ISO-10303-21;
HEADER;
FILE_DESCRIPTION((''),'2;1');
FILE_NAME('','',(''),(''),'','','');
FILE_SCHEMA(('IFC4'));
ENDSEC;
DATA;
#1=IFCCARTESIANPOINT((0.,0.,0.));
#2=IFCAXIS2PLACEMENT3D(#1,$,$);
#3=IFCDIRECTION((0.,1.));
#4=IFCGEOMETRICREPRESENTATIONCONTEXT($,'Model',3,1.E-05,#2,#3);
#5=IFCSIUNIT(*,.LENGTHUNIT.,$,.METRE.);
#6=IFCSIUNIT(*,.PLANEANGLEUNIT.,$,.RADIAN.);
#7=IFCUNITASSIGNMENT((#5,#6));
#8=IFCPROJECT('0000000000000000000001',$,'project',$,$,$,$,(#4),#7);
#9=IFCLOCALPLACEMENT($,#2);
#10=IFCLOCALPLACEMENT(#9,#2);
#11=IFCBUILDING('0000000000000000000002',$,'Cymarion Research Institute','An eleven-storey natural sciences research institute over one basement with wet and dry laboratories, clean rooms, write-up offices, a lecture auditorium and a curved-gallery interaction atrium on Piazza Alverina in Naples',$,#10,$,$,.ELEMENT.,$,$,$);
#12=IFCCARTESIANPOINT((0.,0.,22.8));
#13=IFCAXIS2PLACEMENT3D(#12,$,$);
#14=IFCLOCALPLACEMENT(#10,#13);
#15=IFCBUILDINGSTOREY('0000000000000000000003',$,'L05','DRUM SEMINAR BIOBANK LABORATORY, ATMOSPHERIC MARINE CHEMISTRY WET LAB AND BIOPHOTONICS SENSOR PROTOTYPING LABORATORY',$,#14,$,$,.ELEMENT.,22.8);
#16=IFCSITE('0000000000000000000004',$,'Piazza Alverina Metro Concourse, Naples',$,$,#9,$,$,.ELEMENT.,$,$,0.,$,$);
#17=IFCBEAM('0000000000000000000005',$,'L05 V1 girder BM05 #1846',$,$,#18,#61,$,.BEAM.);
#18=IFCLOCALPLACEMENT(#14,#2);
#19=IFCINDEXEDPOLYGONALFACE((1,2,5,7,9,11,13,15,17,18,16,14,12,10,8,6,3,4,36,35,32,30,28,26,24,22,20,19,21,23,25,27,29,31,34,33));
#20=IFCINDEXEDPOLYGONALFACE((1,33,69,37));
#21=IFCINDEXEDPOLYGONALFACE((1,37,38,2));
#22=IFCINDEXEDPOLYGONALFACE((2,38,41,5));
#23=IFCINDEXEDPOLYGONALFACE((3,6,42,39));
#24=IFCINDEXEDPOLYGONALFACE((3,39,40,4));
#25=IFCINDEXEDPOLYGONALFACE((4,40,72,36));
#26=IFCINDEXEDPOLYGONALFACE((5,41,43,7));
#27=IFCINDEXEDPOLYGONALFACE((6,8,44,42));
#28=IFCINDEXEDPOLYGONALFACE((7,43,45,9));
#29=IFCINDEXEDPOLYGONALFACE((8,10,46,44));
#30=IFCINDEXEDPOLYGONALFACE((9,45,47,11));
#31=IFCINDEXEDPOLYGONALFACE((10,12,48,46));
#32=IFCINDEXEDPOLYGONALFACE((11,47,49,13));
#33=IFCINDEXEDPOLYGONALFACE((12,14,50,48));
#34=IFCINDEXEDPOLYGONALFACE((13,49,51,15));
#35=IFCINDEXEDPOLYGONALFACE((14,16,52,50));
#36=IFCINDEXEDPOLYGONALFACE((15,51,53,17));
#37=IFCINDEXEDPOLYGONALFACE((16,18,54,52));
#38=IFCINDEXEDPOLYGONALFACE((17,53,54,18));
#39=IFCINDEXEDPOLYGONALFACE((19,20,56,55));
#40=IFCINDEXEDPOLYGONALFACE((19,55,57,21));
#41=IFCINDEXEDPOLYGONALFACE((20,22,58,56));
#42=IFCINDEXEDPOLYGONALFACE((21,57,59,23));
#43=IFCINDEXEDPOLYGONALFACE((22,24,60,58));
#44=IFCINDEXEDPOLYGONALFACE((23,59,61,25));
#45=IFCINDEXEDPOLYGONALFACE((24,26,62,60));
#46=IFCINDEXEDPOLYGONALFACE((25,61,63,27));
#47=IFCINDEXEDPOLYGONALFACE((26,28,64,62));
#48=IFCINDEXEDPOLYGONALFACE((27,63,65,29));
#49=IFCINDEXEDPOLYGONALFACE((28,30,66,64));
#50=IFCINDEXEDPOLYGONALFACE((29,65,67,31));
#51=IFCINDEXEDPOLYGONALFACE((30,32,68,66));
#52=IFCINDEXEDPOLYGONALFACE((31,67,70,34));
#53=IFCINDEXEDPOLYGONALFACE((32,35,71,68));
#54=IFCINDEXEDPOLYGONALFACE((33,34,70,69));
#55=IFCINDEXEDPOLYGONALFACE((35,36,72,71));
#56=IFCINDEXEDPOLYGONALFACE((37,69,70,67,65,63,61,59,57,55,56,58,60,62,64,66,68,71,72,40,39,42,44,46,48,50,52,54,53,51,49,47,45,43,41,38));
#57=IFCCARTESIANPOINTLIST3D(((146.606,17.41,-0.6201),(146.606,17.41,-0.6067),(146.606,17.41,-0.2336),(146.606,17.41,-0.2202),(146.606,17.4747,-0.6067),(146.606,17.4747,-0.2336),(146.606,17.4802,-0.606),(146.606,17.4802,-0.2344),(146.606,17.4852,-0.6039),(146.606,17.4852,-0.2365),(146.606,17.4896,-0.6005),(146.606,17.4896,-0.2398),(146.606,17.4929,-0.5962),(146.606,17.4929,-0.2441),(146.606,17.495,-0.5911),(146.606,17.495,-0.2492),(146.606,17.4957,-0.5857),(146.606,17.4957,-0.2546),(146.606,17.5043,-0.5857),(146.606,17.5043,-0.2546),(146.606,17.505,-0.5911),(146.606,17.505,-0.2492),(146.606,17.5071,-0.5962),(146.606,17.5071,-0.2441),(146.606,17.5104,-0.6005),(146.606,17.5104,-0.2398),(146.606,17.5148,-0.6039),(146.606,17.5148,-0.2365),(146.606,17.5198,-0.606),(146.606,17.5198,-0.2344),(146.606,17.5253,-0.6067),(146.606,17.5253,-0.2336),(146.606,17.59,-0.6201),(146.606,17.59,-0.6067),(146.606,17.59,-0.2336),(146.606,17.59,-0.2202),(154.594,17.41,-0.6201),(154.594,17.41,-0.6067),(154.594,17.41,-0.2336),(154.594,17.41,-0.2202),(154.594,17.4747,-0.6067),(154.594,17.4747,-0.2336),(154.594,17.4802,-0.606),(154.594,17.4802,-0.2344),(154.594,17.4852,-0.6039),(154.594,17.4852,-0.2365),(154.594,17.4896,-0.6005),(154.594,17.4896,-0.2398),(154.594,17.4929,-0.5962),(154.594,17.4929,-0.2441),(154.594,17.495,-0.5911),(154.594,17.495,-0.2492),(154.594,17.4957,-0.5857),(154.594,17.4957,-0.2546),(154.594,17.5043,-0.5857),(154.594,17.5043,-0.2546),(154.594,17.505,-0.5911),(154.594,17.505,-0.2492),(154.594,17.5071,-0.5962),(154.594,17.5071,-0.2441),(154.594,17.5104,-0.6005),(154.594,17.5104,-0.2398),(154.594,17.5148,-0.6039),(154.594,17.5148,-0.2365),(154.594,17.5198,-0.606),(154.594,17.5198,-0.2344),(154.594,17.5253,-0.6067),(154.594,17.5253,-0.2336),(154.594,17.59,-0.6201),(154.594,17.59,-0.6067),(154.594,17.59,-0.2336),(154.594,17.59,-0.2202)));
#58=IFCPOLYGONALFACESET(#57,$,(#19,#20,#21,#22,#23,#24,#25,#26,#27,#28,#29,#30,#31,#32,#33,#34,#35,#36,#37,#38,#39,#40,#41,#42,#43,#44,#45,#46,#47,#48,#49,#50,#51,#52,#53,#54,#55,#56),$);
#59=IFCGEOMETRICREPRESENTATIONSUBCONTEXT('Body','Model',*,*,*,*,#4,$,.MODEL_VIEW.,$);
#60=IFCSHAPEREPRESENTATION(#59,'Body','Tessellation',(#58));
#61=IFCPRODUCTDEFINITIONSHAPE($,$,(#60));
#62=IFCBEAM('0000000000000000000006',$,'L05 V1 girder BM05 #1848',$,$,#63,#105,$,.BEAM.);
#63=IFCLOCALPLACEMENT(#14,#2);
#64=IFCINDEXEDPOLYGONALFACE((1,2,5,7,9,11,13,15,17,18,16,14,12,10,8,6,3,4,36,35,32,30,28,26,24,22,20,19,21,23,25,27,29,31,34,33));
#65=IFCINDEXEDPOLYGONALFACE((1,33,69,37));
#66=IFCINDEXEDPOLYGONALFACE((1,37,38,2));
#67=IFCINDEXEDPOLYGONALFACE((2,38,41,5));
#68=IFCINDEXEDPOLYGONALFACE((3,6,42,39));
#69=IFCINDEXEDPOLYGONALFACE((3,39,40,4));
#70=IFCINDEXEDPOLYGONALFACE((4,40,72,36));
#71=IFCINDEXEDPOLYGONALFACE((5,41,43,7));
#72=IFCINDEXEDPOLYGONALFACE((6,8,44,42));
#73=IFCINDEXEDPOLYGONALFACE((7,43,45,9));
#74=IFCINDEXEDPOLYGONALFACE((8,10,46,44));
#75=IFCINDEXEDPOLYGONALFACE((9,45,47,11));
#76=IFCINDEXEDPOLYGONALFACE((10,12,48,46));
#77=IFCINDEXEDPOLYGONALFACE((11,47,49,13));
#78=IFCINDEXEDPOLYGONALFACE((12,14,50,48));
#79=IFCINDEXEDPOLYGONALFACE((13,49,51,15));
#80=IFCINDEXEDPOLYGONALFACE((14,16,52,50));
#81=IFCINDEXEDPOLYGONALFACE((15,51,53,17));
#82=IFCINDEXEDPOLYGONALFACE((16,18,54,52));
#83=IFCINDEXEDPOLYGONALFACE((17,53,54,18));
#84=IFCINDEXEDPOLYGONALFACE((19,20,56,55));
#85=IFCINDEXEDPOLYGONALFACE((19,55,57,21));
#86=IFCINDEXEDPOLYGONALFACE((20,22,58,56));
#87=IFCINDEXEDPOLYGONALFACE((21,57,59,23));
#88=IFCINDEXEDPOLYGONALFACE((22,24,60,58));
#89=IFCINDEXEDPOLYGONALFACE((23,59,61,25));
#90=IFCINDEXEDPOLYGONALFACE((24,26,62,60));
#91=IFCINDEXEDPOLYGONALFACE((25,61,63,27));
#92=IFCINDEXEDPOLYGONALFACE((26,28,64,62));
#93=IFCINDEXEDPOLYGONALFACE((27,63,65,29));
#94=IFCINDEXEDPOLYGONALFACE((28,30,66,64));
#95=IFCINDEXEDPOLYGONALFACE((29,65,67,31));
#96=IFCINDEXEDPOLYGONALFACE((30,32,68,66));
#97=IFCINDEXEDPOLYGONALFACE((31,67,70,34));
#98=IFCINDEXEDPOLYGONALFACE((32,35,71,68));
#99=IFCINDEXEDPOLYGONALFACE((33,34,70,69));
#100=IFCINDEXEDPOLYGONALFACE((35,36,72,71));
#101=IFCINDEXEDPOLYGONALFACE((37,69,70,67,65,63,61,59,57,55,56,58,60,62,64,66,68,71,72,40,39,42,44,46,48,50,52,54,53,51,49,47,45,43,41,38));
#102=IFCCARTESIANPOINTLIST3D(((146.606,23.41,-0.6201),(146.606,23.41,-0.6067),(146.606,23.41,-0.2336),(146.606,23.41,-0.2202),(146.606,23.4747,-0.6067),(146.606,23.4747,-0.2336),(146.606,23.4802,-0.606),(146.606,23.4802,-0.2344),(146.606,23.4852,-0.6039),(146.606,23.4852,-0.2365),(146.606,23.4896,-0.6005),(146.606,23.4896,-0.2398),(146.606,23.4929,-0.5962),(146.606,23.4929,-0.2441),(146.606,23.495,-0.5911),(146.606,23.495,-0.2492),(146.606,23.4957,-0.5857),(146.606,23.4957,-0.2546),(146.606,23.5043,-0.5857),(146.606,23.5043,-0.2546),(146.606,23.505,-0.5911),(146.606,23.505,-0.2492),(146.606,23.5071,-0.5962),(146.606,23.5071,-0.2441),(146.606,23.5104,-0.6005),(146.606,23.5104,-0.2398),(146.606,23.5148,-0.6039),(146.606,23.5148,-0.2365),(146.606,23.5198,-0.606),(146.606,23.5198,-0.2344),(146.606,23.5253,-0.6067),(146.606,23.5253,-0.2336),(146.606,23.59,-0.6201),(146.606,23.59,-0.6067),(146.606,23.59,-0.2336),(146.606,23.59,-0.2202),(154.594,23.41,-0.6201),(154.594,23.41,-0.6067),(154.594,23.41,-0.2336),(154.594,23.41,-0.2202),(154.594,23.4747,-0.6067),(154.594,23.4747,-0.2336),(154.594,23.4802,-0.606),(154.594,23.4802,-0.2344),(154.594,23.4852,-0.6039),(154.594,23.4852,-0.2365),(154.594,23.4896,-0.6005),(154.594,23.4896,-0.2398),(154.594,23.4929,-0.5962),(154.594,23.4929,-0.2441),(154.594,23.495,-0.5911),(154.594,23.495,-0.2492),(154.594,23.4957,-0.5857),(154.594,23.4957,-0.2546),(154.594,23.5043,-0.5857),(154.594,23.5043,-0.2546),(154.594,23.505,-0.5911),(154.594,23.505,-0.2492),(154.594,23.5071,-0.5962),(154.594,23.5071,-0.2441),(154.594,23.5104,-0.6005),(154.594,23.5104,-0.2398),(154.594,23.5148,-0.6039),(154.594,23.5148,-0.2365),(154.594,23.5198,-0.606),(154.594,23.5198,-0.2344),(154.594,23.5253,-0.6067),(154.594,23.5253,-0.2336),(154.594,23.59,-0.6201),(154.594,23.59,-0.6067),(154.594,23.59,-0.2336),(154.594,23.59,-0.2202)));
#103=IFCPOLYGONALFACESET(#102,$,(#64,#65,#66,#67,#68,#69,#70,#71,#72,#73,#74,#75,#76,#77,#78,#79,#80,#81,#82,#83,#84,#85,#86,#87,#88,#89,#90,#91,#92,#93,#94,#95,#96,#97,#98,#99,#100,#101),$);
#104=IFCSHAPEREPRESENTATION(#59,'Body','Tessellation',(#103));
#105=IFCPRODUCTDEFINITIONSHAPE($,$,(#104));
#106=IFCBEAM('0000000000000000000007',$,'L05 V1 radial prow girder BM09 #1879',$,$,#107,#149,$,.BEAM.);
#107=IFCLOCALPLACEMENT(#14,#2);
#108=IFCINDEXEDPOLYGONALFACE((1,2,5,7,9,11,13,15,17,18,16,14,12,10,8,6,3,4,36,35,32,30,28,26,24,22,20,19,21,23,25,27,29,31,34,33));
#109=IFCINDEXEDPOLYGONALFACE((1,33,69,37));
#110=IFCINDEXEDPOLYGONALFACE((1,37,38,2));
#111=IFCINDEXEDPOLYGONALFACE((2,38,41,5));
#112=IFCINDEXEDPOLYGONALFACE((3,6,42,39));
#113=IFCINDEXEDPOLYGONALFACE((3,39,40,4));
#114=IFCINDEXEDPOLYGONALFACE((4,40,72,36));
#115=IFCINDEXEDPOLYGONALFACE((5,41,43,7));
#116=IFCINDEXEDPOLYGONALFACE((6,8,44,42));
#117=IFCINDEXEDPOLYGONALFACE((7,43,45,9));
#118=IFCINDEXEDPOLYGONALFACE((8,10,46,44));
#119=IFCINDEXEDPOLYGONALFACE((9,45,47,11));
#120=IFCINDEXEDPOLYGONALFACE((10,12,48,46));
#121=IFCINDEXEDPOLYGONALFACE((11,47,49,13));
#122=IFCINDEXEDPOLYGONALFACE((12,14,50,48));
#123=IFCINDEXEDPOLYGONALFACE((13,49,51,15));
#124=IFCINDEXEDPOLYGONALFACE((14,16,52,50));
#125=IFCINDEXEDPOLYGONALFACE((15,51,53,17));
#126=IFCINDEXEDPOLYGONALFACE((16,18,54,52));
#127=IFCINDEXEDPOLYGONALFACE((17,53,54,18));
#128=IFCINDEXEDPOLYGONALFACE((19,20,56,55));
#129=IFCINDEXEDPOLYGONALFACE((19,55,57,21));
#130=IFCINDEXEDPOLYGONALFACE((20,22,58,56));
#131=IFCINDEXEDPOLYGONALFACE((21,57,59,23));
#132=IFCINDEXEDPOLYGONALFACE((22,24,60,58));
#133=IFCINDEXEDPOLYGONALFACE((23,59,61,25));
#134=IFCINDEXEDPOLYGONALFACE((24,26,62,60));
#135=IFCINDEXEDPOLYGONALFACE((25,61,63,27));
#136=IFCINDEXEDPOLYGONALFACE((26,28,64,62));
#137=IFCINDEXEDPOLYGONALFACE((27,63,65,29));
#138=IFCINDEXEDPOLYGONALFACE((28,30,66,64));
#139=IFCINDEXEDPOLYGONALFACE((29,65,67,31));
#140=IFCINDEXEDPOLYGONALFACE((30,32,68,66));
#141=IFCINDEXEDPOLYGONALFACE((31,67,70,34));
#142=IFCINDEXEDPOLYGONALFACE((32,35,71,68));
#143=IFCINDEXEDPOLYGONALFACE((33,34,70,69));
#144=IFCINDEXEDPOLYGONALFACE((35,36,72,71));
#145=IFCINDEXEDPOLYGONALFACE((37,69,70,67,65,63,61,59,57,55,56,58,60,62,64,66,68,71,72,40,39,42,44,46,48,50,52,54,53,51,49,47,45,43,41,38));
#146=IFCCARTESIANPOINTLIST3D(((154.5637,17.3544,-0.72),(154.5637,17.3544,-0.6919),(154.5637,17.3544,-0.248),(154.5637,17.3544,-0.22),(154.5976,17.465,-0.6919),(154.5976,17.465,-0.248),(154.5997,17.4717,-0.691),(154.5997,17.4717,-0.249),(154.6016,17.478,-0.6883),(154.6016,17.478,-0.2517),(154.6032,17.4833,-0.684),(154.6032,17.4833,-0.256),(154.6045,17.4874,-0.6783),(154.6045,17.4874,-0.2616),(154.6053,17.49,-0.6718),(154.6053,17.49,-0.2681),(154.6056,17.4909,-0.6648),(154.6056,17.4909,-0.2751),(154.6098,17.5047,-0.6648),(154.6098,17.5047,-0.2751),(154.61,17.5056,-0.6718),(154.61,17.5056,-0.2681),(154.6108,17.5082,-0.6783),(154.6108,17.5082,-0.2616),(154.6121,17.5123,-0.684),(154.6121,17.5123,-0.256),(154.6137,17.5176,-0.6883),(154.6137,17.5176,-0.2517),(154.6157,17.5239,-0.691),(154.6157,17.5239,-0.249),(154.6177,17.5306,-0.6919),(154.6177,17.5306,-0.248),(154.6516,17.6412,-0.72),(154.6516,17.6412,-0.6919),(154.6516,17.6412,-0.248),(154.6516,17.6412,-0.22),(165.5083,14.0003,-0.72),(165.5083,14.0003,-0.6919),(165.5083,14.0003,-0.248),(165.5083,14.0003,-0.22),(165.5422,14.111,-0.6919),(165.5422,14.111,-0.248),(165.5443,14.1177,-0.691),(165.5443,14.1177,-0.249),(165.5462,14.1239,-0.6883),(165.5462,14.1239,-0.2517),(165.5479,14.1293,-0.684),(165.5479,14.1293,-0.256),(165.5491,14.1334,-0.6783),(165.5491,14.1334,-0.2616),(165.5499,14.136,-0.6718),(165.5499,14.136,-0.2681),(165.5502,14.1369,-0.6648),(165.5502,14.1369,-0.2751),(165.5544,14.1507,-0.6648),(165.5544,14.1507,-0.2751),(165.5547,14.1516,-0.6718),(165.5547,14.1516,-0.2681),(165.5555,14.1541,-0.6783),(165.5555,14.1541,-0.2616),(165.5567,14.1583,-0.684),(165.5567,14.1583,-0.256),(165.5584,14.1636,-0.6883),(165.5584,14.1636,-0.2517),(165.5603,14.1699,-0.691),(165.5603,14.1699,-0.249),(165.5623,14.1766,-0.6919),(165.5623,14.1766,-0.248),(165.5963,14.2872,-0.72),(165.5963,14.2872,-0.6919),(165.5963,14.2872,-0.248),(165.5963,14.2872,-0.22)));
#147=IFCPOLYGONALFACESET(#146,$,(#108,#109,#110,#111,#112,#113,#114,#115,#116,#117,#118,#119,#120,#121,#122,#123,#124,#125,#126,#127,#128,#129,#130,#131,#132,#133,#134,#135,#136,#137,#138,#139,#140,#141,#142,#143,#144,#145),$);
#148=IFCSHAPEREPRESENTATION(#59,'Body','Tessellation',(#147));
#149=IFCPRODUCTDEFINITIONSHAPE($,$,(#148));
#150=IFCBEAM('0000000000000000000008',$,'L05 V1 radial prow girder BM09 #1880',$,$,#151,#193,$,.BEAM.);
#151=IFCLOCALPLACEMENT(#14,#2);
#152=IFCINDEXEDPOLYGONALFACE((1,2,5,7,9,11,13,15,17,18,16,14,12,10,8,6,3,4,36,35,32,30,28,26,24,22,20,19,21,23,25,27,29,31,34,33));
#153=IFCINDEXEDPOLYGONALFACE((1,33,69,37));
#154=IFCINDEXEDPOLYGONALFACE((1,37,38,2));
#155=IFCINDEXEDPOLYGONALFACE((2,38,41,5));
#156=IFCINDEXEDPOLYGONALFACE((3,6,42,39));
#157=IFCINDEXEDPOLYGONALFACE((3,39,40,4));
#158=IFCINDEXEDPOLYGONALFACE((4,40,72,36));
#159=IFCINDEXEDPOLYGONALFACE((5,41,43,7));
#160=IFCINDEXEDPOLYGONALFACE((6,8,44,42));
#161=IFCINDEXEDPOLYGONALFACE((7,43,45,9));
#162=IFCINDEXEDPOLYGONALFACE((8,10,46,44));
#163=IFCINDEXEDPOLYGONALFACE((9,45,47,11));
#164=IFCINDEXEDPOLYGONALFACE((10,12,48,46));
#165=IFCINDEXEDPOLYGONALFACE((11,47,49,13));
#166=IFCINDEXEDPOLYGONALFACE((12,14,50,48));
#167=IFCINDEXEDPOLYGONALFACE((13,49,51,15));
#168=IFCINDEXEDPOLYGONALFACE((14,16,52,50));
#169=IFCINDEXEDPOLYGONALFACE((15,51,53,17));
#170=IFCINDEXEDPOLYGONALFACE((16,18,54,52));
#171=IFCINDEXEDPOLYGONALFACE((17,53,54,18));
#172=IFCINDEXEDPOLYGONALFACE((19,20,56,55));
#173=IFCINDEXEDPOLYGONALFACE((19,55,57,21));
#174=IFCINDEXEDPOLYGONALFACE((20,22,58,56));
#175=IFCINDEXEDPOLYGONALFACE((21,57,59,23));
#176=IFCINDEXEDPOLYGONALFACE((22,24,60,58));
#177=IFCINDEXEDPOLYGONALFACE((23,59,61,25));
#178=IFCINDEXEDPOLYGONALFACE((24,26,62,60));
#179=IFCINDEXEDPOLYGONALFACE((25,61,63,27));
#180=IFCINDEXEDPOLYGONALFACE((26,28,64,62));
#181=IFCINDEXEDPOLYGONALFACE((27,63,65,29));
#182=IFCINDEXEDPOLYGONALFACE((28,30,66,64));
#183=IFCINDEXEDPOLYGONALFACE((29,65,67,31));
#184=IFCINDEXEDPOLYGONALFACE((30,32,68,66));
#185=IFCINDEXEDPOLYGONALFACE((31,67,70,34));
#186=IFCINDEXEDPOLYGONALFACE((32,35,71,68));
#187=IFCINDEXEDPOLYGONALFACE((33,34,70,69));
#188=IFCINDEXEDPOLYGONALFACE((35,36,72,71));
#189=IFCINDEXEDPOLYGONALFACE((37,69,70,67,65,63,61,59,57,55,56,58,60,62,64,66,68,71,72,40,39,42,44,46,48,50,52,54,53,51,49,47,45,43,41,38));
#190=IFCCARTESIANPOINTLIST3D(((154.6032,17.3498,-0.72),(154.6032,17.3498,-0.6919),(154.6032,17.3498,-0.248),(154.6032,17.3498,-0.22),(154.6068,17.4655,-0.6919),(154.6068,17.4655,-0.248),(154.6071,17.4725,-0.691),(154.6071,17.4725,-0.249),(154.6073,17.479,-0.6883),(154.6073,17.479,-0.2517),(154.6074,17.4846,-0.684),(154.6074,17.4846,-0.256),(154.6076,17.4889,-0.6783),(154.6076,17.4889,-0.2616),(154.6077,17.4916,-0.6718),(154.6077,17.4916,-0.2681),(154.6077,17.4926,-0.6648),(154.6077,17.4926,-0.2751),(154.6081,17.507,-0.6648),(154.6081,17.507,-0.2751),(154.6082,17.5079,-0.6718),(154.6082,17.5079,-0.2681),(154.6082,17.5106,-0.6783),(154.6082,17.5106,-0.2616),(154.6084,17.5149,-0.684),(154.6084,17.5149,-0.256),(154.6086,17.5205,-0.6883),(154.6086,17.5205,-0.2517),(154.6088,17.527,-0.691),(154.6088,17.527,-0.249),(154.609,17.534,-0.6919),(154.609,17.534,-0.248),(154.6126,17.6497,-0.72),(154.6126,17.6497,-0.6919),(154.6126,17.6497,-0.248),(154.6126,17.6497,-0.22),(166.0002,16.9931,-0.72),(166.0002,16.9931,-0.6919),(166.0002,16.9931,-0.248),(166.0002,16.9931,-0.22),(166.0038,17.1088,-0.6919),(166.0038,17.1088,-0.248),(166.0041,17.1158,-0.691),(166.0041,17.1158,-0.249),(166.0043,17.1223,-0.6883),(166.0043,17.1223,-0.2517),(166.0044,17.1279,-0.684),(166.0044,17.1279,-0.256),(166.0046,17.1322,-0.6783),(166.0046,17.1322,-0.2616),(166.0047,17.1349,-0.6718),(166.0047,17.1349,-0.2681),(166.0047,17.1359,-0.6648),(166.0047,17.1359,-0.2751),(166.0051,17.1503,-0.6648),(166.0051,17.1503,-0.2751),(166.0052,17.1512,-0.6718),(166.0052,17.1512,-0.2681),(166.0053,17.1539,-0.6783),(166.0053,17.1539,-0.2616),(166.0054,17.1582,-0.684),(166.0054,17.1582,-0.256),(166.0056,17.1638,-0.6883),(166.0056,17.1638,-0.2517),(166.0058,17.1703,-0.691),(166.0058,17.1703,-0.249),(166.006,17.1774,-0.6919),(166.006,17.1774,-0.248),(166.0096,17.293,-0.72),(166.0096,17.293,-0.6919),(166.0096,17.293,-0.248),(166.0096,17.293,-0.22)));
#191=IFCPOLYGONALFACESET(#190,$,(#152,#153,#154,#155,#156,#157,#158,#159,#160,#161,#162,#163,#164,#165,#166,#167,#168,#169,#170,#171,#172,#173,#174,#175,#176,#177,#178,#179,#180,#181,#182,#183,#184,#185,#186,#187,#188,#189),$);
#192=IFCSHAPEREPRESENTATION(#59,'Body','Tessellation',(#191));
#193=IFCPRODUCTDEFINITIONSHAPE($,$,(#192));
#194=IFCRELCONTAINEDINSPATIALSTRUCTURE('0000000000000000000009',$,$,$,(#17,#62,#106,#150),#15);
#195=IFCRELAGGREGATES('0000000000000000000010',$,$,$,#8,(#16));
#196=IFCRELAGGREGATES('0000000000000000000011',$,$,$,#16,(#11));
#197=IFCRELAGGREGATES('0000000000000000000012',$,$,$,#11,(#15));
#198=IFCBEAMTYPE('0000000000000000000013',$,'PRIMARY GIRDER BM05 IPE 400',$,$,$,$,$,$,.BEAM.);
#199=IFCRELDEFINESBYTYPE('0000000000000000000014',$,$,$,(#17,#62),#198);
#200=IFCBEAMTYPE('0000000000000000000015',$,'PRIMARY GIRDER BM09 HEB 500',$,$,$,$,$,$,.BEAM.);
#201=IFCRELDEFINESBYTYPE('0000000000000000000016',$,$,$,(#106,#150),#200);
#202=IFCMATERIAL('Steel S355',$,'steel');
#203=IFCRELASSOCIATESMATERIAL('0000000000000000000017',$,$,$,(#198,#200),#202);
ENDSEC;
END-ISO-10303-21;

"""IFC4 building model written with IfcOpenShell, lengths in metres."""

from ifc_helpers import new_model, si_unit, direction, frame, origin, origin_2d, place, context, subcontext, project, spatial, i_section, extrude, material, material_profile, profile_set, type_object, element, save


model = new_model("IFC4")

# Units and contexts
model_context = context("Model", 3, precision=1e-05, world=origin(), true_north=direction((0.0, 1.0)))
body_context = subcontext(model_context, "Body", "Model", "MODEL_VIEW")
ifc_project = project(units=[si_unit("LENGTHUNIT", "METRE"), si_unit("PLANEANGLEUNIT", "RADIAN")], contexts=[model_context])

# Site, building, storey
site_placement = place(None, origin())
site = spatial("IfcSite", under=ifc_project, at=site_placement, Name="Piazza Alverina Metro Concourse, Naples", CompositionType="ELEMENT", RefElevation=0.0)
building_placement = place(site_placement, origin())
building = spatial("IfcBuilding", under=site, at=building_placement, Name="Cymarion Research Institute", Description="An eleven-storey natural sciences research institute over one basement with wet and dry laboratories, clean rooms, write-up offices, a lecture auditorium and a curved-gallery interaction atrium on Piazza Alverina in Naples", CompositionType="ELEMENT")
storey_placement = place(building_placement, frame((0.0, 0.0, 22.8)))
storey = spatial("IfcBuildingStorey", under=building, at=storey_placement, Name="L05", Description="DRUM SEMINAR BIOBANK LABORATORY, ATMOSPHERIC MARINE CHEMISTRY WET LAB AND BIOPHOTONICS SENSOR PROTOTYPING LABORATORY", CompositionType="ELEMENT", Elevation=22.8)

# Shared definitions
ifc_material_1 = material(Name="Steel S355", Category="steel")

# Beams
ifc_material_profile_1 = material_profile(ifc_material_1, i_section(OverallWidth=0.1799, OverallDepth=0.3999, WebThickness=0.0085, FlangeThickness=0.0134, FilletRadius=0.021, at=origin_2d()), Name="IPE 400")
ifc_profile_set_1 = profile_set([ifc_material_profile_1], Name="Steel S355")
beam_type_1 = type_object("IfcBeamType", Name="PRIMARY GIRDER BM05 IPE 400", PredefinedType="BEAM", material=ifc_profile_set_1)
for number, where, z_axis, x_axis, name in (
    (1, (146.606, 17.5, -0.4202), (1.0, 0.0, 0.0), (0.0, 1.0, 0.0), "L05 V1 girder BM05 #1846"),
    (2, (146.606, 23.5, -0.4202), (1.0, 0.0, 0.0), (0.0, 1.0, 0.0), "L05 V1 girder BM05 #1848"),
):
    element("IfcBeam", number, at=place(storey_placement, frame(where, z_axis=z_axis, x_axis=x_axis)), inside=storey, type_object=beam_type_1, Name=name, PredefinedType="BEAM", context=body_context, shape_type="SweptSolid", body=[
        extrude(i_section(OverallWidth=0.1799, OverallDepth=0.3999, WebThickness=0.0085, FlangeThickness=0.0134, FilletRadius=0.021, at=origin_2d()), origin(), (0.0, 0.0, 1.0), 7.988),
    ])
ifc_material_profile_2 = material_profile(ifc_material_1, i_section(OverallWidth=0.3, OverallDepth=0.5, WebThickness=0.0144, FlangeThickness=0.0281, FilletRadius=0.0271, at=origin_2d()), Name="HEB 500")
ifc_profile_set_2 = profile_set([ifc_material_profile_2], Name="Steel S355")
beam_type_2 = type_object("IfcBeamType", Name="PRIMARY GIRDER BM09 HEB 500", PredefinedType="BEAM", material=ifc_profile_set_2)
beam_1_placement = place(storey_placement, frame((154.6077, 17.4978, -0.47), z_axis=(0.956111, -0.293004, 0.0), x_axis=(0.293004, 0.956111, 0.0)))
element("IfcBeam", 3, at=beam_1_placement, inside=storey, type_object=beam_type_2, Name="L05 V1 radial prow girder BM09 #1879", PredefinedType="BEAM", context=body_context, shape_type="SweptSolid", body=[
    extrude(i_section(OverallWidth=0.3, OverallDepth=0.5, WebThickness=0.0144, FlangeThickness=0.0281, FilletRadius=0.0271, at=origin_2d()), origin(), (0.0, 0.0, 1.0), 11.447),
])
beam_2_placement = place(storey_placement, frame((154.6079, 17.4998, -0.47), z_axis=(0.999511, -0.031282, 0.0), x_axis=(0.031282, 0.999511, 0.0)))
element("IfcBeam", 4, at=beam_2_placement, inside=storey, type_object=beam_type_2, Name="L05 V1 radial prow girder BM09 #1880", PredefinedType="BEAM", context=body_context, shape_type="SweptSolid", body=[
    extrude(i_section(OverallWidth=0.3, OverallDepth=0.5, WebThickness=0.0144, FlangeThickness=0.0281, FilletRadius=0.0271, at=origin_2d()), origin(), (0.0, 0.0, 1.0), 11.4026),
])

save(model, "model.ifc")
